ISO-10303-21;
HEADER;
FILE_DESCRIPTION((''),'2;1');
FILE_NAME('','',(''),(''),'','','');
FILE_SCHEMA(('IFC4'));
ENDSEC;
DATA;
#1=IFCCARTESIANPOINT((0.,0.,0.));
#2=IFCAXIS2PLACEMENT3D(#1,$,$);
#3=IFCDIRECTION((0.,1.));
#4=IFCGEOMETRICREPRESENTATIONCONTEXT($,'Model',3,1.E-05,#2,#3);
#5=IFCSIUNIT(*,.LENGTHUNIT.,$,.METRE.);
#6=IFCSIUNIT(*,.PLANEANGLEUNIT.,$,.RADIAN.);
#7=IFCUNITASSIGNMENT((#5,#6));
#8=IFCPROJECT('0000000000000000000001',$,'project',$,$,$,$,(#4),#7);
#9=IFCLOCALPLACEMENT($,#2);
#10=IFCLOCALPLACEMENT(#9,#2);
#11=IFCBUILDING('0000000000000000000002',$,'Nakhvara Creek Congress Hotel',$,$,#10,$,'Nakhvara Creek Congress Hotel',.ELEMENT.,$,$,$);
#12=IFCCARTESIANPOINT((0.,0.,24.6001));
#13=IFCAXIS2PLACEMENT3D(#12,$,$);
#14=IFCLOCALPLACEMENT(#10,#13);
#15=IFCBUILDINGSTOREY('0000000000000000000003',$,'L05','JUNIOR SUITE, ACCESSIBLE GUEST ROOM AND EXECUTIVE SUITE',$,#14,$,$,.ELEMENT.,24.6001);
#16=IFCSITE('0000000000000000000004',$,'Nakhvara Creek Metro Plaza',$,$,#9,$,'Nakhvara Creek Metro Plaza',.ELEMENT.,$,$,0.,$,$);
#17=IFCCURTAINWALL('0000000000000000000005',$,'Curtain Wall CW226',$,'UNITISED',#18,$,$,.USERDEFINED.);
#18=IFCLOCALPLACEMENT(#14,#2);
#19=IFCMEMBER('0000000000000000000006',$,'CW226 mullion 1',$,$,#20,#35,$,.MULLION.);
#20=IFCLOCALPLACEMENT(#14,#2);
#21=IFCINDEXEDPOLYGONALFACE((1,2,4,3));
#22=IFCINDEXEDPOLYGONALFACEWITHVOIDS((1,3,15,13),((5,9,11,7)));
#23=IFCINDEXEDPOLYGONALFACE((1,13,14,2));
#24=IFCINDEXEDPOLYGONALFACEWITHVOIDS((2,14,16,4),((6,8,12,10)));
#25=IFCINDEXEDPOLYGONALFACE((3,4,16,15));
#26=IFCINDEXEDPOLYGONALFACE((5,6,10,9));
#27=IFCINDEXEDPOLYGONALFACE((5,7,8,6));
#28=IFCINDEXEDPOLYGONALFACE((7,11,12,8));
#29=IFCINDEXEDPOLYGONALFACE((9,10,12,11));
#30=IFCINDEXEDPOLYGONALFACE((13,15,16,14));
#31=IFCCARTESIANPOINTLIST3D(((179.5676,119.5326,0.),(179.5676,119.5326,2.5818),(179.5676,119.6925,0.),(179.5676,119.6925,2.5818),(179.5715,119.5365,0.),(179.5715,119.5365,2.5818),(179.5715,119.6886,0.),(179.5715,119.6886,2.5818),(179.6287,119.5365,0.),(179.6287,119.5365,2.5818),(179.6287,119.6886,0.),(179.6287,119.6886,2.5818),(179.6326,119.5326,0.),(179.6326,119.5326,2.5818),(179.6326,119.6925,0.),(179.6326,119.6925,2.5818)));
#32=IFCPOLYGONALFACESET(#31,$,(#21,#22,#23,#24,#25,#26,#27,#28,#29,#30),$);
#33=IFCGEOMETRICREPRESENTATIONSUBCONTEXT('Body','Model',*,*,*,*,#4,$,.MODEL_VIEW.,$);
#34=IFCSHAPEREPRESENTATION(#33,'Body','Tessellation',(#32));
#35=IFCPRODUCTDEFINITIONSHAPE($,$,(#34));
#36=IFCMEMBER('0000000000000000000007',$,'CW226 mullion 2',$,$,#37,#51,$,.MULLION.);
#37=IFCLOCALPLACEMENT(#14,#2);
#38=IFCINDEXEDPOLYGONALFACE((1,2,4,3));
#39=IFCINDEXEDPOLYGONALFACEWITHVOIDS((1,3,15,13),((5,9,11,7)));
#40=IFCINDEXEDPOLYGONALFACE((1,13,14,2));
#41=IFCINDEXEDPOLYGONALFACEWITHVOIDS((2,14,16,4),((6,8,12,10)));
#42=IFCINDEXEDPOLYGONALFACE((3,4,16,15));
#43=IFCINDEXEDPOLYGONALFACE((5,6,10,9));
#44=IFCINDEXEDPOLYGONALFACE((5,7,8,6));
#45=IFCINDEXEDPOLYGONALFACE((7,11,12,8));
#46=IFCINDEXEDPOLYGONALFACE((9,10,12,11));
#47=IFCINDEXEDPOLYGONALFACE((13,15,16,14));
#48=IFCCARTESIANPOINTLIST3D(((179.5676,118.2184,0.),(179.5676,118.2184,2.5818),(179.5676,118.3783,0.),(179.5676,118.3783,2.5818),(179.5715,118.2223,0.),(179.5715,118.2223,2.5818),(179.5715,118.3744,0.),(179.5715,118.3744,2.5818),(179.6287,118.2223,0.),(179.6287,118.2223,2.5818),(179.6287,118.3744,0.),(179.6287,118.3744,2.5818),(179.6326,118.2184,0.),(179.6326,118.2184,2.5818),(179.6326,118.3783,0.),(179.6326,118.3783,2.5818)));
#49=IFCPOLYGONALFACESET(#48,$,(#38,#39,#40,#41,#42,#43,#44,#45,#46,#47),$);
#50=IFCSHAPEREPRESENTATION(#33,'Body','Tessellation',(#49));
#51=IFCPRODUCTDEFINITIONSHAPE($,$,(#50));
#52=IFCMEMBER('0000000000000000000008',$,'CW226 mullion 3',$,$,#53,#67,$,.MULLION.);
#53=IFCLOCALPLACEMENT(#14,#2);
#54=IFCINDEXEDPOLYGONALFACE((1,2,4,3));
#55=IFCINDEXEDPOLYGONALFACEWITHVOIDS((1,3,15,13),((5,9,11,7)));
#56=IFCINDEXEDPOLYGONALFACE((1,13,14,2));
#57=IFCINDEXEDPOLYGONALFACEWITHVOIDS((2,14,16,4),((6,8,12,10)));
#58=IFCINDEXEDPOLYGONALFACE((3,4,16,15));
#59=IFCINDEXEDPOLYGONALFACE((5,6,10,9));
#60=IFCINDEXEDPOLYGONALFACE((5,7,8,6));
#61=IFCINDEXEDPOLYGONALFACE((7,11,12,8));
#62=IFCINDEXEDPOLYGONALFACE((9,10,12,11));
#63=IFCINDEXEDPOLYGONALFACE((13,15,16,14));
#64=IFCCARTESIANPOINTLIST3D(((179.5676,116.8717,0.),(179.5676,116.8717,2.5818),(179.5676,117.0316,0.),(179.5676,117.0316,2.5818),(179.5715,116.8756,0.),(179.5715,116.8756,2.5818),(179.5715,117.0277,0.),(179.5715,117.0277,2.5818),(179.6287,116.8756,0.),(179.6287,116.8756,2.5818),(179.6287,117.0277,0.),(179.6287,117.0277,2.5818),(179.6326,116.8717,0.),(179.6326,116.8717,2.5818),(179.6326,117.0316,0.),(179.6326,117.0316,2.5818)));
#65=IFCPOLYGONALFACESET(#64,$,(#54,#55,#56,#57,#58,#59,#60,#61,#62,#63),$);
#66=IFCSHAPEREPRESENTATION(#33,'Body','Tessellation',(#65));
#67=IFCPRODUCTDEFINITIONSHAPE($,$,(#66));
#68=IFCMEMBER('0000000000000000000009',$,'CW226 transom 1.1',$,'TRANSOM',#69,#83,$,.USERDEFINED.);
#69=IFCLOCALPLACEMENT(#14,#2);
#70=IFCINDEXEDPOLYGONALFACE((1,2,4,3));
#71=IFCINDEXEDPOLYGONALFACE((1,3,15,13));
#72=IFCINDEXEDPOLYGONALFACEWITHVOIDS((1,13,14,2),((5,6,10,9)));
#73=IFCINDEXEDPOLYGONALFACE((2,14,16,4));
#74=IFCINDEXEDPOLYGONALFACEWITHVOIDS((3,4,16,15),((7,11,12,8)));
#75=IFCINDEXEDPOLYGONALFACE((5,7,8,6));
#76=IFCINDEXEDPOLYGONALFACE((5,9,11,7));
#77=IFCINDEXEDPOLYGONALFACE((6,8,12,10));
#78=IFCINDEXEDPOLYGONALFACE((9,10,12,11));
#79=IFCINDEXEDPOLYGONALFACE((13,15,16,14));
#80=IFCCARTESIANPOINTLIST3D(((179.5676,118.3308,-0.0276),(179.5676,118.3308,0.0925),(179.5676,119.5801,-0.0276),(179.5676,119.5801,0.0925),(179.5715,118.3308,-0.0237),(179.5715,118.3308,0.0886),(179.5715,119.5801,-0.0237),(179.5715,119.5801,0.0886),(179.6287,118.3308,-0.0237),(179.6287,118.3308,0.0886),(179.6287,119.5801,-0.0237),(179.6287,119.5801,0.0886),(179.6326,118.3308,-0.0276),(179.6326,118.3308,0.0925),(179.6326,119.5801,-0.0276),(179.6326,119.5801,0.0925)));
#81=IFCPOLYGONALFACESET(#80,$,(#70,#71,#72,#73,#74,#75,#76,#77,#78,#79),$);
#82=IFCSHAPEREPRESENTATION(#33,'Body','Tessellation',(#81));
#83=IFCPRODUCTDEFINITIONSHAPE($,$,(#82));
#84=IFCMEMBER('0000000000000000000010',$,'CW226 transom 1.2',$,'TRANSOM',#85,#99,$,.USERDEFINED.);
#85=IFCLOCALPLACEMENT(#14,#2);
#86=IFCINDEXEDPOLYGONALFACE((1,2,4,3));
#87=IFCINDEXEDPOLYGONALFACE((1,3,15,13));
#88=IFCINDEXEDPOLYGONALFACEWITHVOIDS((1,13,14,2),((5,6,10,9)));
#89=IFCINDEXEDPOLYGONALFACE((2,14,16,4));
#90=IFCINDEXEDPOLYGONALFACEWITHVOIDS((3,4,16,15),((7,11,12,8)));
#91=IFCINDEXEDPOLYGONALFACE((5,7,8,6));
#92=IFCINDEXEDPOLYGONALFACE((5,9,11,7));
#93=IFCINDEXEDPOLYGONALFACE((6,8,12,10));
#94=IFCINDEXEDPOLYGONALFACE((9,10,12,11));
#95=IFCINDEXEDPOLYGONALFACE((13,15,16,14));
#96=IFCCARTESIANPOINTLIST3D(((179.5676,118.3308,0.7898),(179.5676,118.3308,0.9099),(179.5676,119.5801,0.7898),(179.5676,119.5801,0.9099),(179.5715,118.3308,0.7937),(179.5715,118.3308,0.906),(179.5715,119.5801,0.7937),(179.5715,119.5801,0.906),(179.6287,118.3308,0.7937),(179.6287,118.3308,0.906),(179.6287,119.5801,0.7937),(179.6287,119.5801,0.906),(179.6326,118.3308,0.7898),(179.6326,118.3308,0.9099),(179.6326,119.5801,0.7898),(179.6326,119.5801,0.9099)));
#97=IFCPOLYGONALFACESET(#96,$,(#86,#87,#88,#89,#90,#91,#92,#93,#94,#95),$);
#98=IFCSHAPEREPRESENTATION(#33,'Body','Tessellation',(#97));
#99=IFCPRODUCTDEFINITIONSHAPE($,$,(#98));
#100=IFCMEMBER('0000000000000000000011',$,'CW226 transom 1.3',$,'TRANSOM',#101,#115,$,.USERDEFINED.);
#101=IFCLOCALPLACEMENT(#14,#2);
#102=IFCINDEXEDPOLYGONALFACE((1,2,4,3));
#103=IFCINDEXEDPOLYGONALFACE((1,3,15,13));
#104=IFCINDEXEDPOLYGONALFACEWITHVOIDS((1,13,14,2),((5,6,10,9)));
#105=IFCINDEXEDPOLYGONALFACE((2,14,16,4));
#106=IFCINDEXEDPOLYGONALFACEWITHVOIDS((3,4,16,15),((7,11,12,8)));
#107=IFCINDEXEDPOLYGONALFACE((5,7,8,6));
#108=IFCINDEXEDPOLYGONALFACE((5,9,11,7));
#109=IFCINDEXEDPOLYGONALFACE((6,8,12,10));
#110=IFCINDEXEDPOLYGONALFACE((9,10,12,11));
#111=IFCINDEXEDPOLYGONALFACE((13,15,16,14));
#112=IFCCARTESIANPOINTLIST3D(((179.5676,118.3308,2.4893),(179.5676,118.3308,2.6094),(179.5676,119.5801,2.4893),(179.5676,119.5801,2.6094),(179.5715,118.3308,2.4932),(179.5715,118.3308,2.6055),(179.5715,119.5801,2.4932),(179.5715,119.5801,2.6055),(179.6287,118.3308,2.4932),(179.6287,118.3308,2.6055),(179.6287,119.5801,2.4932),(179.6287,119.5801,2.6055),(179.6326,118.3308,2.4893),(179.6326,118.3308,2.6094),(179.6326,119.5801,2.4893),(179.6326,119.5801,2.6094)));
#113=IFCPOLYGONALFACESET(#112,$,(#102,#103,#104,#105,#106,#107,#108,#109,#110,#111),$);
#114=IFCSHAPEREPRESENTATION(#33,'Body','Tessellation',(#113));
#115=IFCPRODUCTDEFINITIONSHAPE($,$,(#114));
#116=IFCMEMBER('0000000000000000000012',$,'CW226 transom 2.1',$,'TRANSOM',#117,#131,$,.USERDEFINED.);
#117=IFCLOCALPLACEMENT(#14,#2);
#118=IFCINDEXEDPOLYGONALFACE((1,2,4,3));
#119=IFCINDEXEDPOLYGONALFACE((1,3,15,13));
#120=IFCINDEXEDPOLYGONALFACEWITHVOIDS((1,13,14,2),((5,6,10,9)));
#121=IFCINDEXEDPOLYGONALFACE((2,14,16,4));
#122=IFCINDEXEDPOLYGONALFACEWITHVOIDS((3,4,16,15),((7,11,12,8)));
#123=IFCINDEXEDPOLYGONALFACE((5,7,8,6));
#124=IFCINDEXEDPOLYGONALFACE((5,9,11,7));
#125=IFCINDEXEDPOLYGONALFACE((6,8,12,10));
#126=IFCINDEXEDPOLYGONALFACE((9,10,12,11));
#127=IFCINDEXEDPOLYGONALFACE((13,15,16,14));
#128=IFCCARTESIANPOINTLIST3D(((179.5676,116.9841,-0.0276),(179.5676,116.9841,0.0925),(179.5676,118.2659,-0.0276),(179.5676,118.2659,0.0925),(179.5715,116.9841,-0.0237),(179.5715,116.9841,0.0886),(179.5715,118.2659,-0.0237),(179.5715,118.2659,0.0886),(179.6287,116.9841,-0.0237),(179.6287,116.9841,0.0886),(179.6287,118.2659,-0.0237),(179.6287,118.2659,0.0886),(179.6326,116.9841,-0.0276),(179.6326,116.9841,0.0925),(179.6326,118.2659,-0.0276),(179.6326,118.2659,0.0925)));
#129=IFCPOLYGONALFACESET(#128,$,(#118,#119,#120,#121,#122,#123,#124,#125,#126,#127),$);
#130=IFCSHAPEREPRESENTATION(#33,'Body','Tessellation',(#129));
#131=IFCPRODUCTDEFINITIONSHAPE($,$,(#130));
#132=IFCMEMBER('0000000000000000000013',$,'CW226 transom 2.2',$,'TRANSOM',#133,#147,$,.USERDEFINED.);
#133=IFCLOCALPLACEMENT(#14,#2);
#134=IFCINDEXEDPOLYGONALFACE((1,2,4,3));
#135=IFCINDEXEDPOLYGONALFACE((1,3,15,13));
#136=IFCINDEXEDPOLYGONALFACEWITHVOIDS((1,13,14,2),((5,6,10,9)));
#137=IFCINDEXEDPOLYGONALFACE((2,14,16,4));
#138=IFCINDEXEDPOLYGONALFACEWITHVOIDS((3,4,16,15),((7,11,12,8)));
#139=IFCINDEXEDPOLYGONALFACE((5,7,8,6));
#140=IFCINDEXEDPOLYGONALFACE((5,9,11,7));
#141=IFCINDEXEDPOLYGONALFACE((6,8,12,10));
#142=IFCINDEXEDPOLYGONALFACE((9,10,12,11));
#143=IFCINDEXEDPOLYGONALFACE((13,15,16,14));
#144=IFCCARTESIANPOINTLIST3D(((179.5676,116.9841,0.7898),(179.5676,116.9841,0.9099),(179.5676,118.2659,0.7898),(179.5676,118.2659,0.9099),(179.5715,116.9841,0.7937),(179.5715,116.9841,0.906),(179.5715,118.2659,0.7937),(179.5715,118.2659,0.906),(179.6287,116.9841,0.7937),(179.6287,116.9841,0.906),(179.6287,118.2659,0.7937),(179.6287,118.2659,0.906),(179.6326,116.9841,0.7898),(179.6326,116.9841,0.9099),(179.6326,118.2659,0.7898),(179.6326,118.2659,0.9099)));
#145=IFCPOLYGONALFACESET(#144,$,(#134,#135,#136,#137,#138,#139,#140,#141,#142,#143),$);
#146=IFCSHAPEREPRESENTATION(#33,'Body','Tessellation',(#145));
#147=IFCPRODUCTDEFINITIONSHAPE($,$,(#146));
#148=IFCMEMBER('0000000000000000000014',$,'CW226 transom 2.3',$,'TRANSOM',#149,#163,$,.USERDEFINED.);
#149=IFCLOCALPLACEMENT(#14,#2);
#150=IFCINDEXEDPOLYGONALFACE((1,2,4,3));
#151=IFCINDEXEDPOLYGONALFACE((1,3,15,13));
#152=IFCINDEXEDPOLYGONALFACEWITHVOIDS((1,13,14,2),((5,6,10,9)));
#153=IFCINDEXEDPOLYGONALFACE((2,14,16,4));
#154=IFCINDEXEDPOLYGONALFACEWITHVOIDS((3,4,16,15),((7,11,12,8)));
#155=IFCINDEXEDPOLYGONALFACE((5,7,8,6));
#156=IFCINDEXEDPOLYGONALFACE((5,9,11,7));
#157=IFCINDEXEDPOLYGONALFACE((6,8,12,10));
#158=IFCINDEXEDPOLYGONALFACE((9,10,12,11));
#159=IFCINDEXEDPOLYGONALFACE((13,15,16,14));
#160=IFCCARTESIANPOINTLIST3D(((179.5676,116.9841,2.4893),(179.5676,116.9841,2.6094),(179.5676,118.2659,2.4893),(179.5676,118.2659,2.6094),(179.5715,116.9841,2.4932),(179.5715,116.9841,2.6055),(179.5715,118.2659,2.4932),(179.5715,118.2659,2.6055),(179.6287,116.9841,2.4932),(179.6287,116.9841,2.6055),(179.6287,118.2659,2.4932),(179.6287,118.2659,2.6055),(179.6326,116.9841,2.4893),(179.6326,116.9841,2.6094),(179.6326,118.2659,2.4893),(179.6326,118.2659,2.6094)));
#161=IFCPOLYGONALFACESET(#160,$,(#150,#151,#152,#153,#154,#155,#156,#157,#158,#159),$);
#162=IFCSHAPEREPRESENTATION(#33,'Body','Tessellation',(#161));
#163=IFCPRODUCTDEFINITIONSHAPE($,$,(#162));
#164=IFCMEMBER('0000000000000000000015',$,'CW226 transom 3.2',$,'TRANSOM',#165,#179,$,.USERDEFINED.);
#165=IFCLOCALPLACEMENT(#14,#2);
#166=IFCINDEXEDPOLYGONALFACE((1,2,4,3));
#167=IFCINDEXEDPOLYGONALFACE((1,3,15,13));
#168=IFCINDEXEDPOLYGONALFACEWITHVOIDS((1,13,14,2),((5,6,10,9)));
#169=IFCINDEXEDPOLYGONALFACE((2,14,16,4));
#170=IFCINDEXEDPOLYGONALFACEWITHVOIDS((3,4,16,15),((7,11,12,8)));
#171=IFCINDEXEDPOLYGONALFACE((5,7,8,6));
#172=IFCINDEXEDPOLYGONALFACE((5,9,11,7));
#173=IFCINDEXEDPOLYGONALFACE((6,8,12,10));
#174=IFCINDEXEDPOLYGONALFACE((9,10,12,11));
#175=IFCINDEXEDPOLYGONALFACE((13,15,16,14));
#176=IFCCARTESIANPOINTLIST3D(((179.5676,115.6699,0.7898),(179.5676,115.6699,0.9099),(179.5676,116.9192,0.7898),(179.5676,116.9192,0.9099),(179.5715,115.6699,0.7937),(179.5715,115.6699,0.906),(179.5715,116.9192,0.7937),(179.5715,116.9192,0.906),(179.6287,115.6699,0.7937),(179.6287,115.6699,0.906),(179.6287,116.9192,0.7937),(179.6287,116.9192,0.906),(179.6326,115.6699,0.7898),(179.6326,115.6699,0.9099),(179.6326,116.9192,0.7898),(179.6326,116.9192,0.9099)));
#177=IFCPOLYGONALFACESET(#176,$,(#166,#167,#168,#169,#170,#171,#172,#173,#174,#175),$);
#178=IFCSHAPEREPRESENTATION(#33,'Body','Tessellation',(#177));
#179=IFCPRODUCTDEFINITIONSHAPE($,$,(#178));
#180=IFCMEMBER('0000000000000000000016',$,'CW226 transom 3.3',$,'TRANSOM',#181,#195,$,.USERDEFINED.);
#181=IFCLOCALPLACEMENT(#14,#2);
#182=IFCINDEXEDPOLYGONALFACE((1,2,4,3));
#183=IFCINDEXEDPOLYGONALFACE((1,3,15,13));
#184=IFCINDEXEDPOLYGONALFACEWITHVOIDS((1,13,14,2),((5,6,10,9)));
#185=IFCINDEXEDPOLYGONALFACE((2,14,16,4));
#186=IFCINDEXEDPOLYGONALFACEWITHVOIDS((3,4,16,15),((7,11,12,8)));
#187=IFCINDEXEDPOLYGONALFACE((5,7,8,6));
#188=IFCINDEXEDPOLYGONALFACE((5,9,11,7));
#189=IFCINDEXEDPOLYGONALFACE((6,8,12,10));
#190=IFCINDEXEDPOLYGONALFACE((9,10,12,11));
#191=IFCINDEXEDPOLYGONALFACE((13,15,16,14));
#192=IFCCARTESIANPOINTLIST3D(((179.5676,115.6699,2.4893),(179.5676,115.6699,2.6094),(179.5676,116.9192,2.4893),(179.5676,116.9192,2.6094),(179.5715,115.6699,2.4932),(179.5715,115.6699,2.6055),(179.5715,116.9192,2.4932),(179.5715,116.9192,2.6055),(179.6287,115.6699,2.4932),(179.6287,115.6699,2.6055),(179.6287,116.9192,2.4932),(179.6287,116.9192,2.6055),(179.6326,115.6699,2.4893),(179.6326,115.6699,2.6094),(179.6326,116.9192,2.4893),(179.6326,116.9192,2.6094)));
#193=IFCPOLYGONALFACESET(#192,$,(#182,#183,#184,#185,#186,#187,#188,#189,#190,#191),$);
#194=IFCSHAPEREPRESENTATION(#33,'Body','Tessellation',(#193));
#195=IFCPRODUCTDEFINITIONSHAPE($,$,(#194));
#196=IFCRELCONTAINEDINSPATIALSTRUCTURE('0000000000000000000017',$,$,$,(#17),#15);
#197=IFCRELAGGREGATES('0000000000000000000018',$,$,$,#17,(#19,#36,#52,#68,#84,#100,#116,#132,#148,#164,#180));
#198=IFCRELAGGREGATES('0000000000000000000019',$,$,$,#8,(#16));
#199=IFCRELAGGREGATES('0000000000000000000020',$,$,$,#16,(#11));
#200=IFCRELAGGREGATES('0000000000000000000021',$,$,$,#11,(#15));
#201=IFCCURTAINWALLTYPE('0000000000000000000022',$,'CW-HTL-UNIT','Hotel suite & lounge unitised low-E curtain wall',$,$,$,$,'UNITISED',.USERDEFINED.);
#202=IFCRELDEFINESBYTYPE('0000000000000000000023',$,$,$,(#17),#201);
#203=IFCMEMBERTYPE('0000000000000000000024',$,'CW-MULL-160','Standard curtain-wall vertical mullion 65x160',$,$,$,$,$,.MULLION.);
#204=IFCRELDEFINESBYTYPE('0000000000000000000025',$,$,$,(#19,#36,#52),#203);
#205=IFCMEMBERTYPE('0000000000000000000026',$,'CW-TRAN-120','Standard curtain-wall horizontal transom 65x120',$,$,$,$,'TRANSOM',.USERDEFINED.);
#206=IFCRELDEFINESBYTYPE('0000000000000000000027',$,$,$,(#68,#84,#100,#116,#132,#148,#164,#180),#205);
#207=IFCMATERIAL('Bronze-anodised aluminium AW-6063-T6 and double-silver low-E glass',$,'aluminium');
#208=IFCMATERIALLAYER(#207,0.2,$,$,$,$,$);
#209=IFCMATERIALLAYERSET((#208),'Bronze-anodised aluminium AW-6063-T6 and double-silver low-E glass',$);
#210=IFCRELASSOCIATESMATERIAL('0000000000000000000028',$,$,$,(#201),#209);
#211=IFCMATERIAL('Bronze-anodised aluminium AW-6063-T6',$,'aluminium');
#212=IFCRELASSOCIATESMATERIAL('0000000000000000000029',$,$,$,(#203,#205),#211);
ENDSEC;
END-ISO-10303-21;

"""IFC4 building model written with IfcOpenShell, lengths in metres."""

from ifc_helpers import new_model, si_unit, direction, frame, origin, origin_2d, place, context, subcontext, project, spatial, hollow_rectangle, extrude, material, layer, layer_set, material_profile, profile_set, type_object, element, aggregate, save


model = new_model("IFC4")

# Units and contexts
model_context = context("Model", 3, precision=1e-05, world=origin(), true_north=direction((0.0, 1.0)))
body_context = subcontext(model_context, "Body", "Model", "MODEL_VIEW")
ifc_project = project(units=[si_unit("LENGTHUNIT", "METRE"), si_unit("PLANEANGLEUNIT", "RADIAN")], contexts=[model_context])

# Site, building, storey
site_placement = place(None, origin())
site = spatial("IfcSite", under=ifc_project, at=site_placement, Name="Nakhvara Creek Metro Plaza", LongName="Nakhvara Creek Metro Plaza", CompositionType="ELEMENT", RefElevation=0.0)
building_placement = place(site_placement, origin())
building = spatial("IfcBuilding", under=site, at=building_placement, Name="Nakhvara Creek Congress Hotel", LongName="Nakhvara Creek Congress Hotel", CompositionType="ELEMENT")
storey_placement = place(building_placement, frame((0.0, 0.0, 24.6001)))
storey = spatial("IfcBuildingStorey", under=building, at=storey_placement, Name="L05", Description="JUNIOR SUITE, ACCESSIBLE GUEST ROOM AND EXECUTIVE SUITE", CompositionType="ELEMENT", Elevation=24.6001)

# Curtain wall, members
ifc_material_1 = material(Name="Bronze-anodised aluminium AW-6063-T6 and double-silver low-E glass", Category="aluminium")
ifc_layer_1 = layer(ifc_material_1, 0.2)
ifc_layer_set_1 = layer_set([ifc_layer_1], Name="Bronze-anodised aluminium AW-6063-T6 and double-silver low-E glass")
curtain_wall_type = type_object("IfcCurtainWallType", Name="CW-HTL-UNIT", Description="Hotel suite & lounge unitised low-E curtain wall", ElementType="UNITISED", PredefinedType="USERDEFINED", material=ifc_layer_set_1)
curtain_wall_placement = place(storey_placement, origin())
curtain_wall = element("IfcCurtainWall", 1, at=curtain_wall_placement, inside=storey, type_object=curtain_wall_type, Name="Curtain Wall CW226", ObjectType="UNITISED", PredefinedType="USERDEFINED")
ifc_material_2 = material(Name="Bronze-anodised aluminium AW-6063-T6", Category="aluminium")
ifc_material_profile_1 = material_profile(ifc_material_2, hollow_rectangle(XDim=0.0649, YDim=0.1599, WallThickness=0.0039, at=origin_2d()), Name="ALU-MULL 65x160x4", Category="LoadBearing")
ifc_profile_set_1 = profile_set([ifc_material_profile_1], Name="Bronze-anodised aluminium AW-6063-T6")
member_type_1 = type_object("IfcMemberType", Name="CW-MULL-160", Description="Standard curtain-wall vertical mullion 65x160", PredefinedType="MULLION", material=ifc_profile_set_1)
member_1_placement = place(storey_placement, frame((179.6001, 119.6125, 0.0), z_axis=(0.0, 0.0, 1.0), x_axis=(1.0, 0.0, 0.0)))
member_1 = element("IfcMember", 2, at=member_1_placement, type_object=member_type_1, Name="CW226 mullion 1", PredefinedType="MULLION", context=body_context, shape_type="SweptSolid", body=[
    extrude(hollow_rectangle(XDim=0.0649, YDim=0.1599, WallThickness=0.0039, at=origin_2d()), origin(), (0.0, 0.0, 1.0), 2.5818),
])
member_2_placement = place(storey_placement, frame((179.6001, 118.2983, 0.0), z_axis=(0.0, 0.0, 1.0), x_axis=(1.0, 0.0, 0.0)))
member_2 = element("IfcMember", 3, at=member_2_placement, type_object=member_type_1, Name="CW226 mullion 2", PredefinedType="MULLION", context=body_context, shape_type="SweptSolid", body=[
    extrude(hollow_rectangle(XDim=0.0649, YDim=0.1599, WallThickness=0.0039, at=origin_2d()), origin(), (0.0, 0.0, 1.0), 2.5818),
])
member_3_placement = place(storey_placement, frame((179.6001, 116.9517, 0.0), z_axis=(0.0, 0.0, 1.0), x_axis=(1.0, 0.0, 0.0)))
member_3 = element("IfcMember", 4, at=member_3_placement, type_object=member_type_1, Name="CW226 mullion 3", PredefinedType="MULLION", context=body_context, shape_type="SweptSolid", body=[
    extrude(hollow_rectangle(XDim=0.0649, YDim=0.1599, WallThickness=0.0039, at=origin_2d()), origin(), (0.0, 0.0, 1.0), 2.5818),
])
ifc_material_profile_2 = material_profile(ifc_material_2, hollow_rectangle(XDim=0.0649, YDim=0.1201, WallThickness=0.0039, at=origin_2d()), Name="ALU-TRAN 65x120x4", Category="LoadBearing")
ifc_profile_set_2 = profile_set([ifc_material_profile_2], Name="Bronze-anodised aluminium AW-6063-T6")
member_type_2 = type_object("IfcMemberType", Name="CW-TRAN-120", Description="Standard curtain-wall horizontal transom 65x120", ElementType="TRANSOM", PredefinedType="USERDEFINED", material=ifc_profile_set_2)
member_4_placement = place(storey_placement, frame((179.6001, 119.5801, 0.0325), z_axis=(0.0, -1.0, 0.0), x_axis=(1.0, 0.0, 0.0)))
member_4 = element("IfcMember", 5, at=member_4_placement, type_object=member_type_2, Name="CW226 transom 1.1", ObjectType="TRANSOM", PredefinedType="USERDEFINED", context=body_context, shape_type="SweptSolid", body=[
    extrude(hollow_rectangle(XDim=0.0649, YDim=0.1201, WallThickness=0.0039, at=origin_2d()), origin(), (0.0, 0.0, 1.0), 1.2493),
])
member_5_placement = place(storey_placement, frame((179.6001, 119.5801, 0.8499), z_axis=(0.0, -1.0, 0.0), x_axis=(1.0, 0.0, 0.0)))
member_5 = element("IfcMember", 6, at=member_5_placement, type_object=member_type_2, Name="CW226 transom 1.2", ObjectType="TRANSOM", PredefinedType="USERDEFINED", context=body_context, shape_type="SweptSolid", body=[
    extrude(hollow_rectangle(XDim=0.0649, YDim=0.1201, WallThickness=0.0039, at=origin_2d()), origin(), (0.0, 0.0, 1.0), 1.2493),
])
member_6_placement = place(storey_placement, frame((179.6001, 119.5801, 2.5493), z_axis=(0.0, -1.0, 0.0), x_axis=(1.0, 0.0, 0.0)))
member_6 = element("IfcMember", 7, at=member_6_placement, type_object=member_type_2, Name="CW226 transom 1.3", ObjectType="TRANSOM", PredefinedType="USERDEFINED", context=body_context, shape_type="SweptSolid", body=[
    extrude(hollow_rectangle(XDim=0.0649, YDim=0.1201, WallThickness=0.0039, at=origin_2d()), origin(), (0.0, 0.0, 1.0), 1.2493),
])
member_7_placement = place(storey_placement, frame((179.6001, 118.2659, 0.0325), z_axis=(0.0, -1.0, 0.0), x_axis=(1.0, 0.0, 0.0)))
member_7 = element("IfcMember", 8, at=member_7_placement, type_object=member_type_2, Name="CW226 transom 2.1", ObjectType="TRANSOM", PredefinedType="USERDEFINED", context=body_context, shape_type="SweptSolid", body=[
    extrude(hollow_rectangle(XDim=0.0649, YDim=0.1201, WallThickness=0.0039, at=origin_2d()), origin(), (0.0, 0.0, 1.0), 1.2817),
])
member_8_placement = place(storey_placement, frame((179.6001, 118.2659, 0.8499), z_axis=(0.0, -1.0, 0.0), x_axis=(1.0, 0.0, 0.0)))
member_8 = element("IfcMember", 9, at=member_8_placement, type_object=member_type_2, Name="CW226 transom 2.2", ObjectType="TRANSOM", PredefinedType="USERDEFINED", context=body_context, shape_type="SweptSolid", body=[
    extrude(hollow_rectangle(XDim=0.0649, YDim=0.1201, WallThickness=0.0039, at=origin_2d()), origin(), (0.0, 0.0, 1.0), 1.2817),
])
member_9_placement = place(storey_placement, frame((179.6001, 118.2659, 2.5493), z_axis=(0.0, -1.0, 0.0), x_axis=(1.0, 0.0, 0.0)))
member_9 = element("IfcMember", 10, at=member_9_placement, type_object=member_type_2, Name="CW226 transom 2.3", ObjectType="TRANSOM", PredefinedType="USERDEFINED", context=body_context, shape_type="SweptSolid", body=[
    extrude(hollow_rectangle(XDim=0.0649, YDim=0.1201, WallThickness=0.0039, at=origin_2d()), origin(), (0.0, 0.0, 1.0), 1.2817),
])
member_10_placement = place(storey_placement, frame((179.6001, 116.9192, 0.8499), z_axis=(0.0, -1.0, 0.0), x_axis=(1.0, 0.0, 0.0)))
member_10 = element("IfcMember", 11, at=member_10_placement, type_object=member_type_2, Name="CW226 transom 3.2", ObjectType="TRANSOM", PredefinedType="USERDEFINED", context=body_context, shape_type="SweptSolid", body=[
    extrude(hollow_rectangle(XDim=0.0649, YDim=0.1201, WallThickness=0.0039, at=origin_2d()), origin(), (0.0, 0.0, 1.0), 1.2493),
])
member_11_placement = place(storey_placement, frame((179.6001, 116.9192, 2.5493), z_axis=(0.0, -1.0, 0.0), x_axis=(1.0, 0.0, 0.0)))
member_11 = element("IfcMember", 12, at=member_11_placement, type_object=member_type_2, Name="CW226 transom 3.3", ObjectType="TRANSOM", PredefinedType="USERDEFINED", context=body_context, shape_type="SweptSolid", body=[
    extrude(hollow_rectangle(XDim=0.0649, YDim=0.1201, WallThickness=0.0039, at=origin_2d()), origin(), (0.0, 0.0, 1.0), 1.2493),
])
aggregate(curtain_wall, [member_1, member_2, member_3, member_4, member_5, member_6, member_7, member_8, member_9, member_10, member_11])

save(model, "model.ifc")
